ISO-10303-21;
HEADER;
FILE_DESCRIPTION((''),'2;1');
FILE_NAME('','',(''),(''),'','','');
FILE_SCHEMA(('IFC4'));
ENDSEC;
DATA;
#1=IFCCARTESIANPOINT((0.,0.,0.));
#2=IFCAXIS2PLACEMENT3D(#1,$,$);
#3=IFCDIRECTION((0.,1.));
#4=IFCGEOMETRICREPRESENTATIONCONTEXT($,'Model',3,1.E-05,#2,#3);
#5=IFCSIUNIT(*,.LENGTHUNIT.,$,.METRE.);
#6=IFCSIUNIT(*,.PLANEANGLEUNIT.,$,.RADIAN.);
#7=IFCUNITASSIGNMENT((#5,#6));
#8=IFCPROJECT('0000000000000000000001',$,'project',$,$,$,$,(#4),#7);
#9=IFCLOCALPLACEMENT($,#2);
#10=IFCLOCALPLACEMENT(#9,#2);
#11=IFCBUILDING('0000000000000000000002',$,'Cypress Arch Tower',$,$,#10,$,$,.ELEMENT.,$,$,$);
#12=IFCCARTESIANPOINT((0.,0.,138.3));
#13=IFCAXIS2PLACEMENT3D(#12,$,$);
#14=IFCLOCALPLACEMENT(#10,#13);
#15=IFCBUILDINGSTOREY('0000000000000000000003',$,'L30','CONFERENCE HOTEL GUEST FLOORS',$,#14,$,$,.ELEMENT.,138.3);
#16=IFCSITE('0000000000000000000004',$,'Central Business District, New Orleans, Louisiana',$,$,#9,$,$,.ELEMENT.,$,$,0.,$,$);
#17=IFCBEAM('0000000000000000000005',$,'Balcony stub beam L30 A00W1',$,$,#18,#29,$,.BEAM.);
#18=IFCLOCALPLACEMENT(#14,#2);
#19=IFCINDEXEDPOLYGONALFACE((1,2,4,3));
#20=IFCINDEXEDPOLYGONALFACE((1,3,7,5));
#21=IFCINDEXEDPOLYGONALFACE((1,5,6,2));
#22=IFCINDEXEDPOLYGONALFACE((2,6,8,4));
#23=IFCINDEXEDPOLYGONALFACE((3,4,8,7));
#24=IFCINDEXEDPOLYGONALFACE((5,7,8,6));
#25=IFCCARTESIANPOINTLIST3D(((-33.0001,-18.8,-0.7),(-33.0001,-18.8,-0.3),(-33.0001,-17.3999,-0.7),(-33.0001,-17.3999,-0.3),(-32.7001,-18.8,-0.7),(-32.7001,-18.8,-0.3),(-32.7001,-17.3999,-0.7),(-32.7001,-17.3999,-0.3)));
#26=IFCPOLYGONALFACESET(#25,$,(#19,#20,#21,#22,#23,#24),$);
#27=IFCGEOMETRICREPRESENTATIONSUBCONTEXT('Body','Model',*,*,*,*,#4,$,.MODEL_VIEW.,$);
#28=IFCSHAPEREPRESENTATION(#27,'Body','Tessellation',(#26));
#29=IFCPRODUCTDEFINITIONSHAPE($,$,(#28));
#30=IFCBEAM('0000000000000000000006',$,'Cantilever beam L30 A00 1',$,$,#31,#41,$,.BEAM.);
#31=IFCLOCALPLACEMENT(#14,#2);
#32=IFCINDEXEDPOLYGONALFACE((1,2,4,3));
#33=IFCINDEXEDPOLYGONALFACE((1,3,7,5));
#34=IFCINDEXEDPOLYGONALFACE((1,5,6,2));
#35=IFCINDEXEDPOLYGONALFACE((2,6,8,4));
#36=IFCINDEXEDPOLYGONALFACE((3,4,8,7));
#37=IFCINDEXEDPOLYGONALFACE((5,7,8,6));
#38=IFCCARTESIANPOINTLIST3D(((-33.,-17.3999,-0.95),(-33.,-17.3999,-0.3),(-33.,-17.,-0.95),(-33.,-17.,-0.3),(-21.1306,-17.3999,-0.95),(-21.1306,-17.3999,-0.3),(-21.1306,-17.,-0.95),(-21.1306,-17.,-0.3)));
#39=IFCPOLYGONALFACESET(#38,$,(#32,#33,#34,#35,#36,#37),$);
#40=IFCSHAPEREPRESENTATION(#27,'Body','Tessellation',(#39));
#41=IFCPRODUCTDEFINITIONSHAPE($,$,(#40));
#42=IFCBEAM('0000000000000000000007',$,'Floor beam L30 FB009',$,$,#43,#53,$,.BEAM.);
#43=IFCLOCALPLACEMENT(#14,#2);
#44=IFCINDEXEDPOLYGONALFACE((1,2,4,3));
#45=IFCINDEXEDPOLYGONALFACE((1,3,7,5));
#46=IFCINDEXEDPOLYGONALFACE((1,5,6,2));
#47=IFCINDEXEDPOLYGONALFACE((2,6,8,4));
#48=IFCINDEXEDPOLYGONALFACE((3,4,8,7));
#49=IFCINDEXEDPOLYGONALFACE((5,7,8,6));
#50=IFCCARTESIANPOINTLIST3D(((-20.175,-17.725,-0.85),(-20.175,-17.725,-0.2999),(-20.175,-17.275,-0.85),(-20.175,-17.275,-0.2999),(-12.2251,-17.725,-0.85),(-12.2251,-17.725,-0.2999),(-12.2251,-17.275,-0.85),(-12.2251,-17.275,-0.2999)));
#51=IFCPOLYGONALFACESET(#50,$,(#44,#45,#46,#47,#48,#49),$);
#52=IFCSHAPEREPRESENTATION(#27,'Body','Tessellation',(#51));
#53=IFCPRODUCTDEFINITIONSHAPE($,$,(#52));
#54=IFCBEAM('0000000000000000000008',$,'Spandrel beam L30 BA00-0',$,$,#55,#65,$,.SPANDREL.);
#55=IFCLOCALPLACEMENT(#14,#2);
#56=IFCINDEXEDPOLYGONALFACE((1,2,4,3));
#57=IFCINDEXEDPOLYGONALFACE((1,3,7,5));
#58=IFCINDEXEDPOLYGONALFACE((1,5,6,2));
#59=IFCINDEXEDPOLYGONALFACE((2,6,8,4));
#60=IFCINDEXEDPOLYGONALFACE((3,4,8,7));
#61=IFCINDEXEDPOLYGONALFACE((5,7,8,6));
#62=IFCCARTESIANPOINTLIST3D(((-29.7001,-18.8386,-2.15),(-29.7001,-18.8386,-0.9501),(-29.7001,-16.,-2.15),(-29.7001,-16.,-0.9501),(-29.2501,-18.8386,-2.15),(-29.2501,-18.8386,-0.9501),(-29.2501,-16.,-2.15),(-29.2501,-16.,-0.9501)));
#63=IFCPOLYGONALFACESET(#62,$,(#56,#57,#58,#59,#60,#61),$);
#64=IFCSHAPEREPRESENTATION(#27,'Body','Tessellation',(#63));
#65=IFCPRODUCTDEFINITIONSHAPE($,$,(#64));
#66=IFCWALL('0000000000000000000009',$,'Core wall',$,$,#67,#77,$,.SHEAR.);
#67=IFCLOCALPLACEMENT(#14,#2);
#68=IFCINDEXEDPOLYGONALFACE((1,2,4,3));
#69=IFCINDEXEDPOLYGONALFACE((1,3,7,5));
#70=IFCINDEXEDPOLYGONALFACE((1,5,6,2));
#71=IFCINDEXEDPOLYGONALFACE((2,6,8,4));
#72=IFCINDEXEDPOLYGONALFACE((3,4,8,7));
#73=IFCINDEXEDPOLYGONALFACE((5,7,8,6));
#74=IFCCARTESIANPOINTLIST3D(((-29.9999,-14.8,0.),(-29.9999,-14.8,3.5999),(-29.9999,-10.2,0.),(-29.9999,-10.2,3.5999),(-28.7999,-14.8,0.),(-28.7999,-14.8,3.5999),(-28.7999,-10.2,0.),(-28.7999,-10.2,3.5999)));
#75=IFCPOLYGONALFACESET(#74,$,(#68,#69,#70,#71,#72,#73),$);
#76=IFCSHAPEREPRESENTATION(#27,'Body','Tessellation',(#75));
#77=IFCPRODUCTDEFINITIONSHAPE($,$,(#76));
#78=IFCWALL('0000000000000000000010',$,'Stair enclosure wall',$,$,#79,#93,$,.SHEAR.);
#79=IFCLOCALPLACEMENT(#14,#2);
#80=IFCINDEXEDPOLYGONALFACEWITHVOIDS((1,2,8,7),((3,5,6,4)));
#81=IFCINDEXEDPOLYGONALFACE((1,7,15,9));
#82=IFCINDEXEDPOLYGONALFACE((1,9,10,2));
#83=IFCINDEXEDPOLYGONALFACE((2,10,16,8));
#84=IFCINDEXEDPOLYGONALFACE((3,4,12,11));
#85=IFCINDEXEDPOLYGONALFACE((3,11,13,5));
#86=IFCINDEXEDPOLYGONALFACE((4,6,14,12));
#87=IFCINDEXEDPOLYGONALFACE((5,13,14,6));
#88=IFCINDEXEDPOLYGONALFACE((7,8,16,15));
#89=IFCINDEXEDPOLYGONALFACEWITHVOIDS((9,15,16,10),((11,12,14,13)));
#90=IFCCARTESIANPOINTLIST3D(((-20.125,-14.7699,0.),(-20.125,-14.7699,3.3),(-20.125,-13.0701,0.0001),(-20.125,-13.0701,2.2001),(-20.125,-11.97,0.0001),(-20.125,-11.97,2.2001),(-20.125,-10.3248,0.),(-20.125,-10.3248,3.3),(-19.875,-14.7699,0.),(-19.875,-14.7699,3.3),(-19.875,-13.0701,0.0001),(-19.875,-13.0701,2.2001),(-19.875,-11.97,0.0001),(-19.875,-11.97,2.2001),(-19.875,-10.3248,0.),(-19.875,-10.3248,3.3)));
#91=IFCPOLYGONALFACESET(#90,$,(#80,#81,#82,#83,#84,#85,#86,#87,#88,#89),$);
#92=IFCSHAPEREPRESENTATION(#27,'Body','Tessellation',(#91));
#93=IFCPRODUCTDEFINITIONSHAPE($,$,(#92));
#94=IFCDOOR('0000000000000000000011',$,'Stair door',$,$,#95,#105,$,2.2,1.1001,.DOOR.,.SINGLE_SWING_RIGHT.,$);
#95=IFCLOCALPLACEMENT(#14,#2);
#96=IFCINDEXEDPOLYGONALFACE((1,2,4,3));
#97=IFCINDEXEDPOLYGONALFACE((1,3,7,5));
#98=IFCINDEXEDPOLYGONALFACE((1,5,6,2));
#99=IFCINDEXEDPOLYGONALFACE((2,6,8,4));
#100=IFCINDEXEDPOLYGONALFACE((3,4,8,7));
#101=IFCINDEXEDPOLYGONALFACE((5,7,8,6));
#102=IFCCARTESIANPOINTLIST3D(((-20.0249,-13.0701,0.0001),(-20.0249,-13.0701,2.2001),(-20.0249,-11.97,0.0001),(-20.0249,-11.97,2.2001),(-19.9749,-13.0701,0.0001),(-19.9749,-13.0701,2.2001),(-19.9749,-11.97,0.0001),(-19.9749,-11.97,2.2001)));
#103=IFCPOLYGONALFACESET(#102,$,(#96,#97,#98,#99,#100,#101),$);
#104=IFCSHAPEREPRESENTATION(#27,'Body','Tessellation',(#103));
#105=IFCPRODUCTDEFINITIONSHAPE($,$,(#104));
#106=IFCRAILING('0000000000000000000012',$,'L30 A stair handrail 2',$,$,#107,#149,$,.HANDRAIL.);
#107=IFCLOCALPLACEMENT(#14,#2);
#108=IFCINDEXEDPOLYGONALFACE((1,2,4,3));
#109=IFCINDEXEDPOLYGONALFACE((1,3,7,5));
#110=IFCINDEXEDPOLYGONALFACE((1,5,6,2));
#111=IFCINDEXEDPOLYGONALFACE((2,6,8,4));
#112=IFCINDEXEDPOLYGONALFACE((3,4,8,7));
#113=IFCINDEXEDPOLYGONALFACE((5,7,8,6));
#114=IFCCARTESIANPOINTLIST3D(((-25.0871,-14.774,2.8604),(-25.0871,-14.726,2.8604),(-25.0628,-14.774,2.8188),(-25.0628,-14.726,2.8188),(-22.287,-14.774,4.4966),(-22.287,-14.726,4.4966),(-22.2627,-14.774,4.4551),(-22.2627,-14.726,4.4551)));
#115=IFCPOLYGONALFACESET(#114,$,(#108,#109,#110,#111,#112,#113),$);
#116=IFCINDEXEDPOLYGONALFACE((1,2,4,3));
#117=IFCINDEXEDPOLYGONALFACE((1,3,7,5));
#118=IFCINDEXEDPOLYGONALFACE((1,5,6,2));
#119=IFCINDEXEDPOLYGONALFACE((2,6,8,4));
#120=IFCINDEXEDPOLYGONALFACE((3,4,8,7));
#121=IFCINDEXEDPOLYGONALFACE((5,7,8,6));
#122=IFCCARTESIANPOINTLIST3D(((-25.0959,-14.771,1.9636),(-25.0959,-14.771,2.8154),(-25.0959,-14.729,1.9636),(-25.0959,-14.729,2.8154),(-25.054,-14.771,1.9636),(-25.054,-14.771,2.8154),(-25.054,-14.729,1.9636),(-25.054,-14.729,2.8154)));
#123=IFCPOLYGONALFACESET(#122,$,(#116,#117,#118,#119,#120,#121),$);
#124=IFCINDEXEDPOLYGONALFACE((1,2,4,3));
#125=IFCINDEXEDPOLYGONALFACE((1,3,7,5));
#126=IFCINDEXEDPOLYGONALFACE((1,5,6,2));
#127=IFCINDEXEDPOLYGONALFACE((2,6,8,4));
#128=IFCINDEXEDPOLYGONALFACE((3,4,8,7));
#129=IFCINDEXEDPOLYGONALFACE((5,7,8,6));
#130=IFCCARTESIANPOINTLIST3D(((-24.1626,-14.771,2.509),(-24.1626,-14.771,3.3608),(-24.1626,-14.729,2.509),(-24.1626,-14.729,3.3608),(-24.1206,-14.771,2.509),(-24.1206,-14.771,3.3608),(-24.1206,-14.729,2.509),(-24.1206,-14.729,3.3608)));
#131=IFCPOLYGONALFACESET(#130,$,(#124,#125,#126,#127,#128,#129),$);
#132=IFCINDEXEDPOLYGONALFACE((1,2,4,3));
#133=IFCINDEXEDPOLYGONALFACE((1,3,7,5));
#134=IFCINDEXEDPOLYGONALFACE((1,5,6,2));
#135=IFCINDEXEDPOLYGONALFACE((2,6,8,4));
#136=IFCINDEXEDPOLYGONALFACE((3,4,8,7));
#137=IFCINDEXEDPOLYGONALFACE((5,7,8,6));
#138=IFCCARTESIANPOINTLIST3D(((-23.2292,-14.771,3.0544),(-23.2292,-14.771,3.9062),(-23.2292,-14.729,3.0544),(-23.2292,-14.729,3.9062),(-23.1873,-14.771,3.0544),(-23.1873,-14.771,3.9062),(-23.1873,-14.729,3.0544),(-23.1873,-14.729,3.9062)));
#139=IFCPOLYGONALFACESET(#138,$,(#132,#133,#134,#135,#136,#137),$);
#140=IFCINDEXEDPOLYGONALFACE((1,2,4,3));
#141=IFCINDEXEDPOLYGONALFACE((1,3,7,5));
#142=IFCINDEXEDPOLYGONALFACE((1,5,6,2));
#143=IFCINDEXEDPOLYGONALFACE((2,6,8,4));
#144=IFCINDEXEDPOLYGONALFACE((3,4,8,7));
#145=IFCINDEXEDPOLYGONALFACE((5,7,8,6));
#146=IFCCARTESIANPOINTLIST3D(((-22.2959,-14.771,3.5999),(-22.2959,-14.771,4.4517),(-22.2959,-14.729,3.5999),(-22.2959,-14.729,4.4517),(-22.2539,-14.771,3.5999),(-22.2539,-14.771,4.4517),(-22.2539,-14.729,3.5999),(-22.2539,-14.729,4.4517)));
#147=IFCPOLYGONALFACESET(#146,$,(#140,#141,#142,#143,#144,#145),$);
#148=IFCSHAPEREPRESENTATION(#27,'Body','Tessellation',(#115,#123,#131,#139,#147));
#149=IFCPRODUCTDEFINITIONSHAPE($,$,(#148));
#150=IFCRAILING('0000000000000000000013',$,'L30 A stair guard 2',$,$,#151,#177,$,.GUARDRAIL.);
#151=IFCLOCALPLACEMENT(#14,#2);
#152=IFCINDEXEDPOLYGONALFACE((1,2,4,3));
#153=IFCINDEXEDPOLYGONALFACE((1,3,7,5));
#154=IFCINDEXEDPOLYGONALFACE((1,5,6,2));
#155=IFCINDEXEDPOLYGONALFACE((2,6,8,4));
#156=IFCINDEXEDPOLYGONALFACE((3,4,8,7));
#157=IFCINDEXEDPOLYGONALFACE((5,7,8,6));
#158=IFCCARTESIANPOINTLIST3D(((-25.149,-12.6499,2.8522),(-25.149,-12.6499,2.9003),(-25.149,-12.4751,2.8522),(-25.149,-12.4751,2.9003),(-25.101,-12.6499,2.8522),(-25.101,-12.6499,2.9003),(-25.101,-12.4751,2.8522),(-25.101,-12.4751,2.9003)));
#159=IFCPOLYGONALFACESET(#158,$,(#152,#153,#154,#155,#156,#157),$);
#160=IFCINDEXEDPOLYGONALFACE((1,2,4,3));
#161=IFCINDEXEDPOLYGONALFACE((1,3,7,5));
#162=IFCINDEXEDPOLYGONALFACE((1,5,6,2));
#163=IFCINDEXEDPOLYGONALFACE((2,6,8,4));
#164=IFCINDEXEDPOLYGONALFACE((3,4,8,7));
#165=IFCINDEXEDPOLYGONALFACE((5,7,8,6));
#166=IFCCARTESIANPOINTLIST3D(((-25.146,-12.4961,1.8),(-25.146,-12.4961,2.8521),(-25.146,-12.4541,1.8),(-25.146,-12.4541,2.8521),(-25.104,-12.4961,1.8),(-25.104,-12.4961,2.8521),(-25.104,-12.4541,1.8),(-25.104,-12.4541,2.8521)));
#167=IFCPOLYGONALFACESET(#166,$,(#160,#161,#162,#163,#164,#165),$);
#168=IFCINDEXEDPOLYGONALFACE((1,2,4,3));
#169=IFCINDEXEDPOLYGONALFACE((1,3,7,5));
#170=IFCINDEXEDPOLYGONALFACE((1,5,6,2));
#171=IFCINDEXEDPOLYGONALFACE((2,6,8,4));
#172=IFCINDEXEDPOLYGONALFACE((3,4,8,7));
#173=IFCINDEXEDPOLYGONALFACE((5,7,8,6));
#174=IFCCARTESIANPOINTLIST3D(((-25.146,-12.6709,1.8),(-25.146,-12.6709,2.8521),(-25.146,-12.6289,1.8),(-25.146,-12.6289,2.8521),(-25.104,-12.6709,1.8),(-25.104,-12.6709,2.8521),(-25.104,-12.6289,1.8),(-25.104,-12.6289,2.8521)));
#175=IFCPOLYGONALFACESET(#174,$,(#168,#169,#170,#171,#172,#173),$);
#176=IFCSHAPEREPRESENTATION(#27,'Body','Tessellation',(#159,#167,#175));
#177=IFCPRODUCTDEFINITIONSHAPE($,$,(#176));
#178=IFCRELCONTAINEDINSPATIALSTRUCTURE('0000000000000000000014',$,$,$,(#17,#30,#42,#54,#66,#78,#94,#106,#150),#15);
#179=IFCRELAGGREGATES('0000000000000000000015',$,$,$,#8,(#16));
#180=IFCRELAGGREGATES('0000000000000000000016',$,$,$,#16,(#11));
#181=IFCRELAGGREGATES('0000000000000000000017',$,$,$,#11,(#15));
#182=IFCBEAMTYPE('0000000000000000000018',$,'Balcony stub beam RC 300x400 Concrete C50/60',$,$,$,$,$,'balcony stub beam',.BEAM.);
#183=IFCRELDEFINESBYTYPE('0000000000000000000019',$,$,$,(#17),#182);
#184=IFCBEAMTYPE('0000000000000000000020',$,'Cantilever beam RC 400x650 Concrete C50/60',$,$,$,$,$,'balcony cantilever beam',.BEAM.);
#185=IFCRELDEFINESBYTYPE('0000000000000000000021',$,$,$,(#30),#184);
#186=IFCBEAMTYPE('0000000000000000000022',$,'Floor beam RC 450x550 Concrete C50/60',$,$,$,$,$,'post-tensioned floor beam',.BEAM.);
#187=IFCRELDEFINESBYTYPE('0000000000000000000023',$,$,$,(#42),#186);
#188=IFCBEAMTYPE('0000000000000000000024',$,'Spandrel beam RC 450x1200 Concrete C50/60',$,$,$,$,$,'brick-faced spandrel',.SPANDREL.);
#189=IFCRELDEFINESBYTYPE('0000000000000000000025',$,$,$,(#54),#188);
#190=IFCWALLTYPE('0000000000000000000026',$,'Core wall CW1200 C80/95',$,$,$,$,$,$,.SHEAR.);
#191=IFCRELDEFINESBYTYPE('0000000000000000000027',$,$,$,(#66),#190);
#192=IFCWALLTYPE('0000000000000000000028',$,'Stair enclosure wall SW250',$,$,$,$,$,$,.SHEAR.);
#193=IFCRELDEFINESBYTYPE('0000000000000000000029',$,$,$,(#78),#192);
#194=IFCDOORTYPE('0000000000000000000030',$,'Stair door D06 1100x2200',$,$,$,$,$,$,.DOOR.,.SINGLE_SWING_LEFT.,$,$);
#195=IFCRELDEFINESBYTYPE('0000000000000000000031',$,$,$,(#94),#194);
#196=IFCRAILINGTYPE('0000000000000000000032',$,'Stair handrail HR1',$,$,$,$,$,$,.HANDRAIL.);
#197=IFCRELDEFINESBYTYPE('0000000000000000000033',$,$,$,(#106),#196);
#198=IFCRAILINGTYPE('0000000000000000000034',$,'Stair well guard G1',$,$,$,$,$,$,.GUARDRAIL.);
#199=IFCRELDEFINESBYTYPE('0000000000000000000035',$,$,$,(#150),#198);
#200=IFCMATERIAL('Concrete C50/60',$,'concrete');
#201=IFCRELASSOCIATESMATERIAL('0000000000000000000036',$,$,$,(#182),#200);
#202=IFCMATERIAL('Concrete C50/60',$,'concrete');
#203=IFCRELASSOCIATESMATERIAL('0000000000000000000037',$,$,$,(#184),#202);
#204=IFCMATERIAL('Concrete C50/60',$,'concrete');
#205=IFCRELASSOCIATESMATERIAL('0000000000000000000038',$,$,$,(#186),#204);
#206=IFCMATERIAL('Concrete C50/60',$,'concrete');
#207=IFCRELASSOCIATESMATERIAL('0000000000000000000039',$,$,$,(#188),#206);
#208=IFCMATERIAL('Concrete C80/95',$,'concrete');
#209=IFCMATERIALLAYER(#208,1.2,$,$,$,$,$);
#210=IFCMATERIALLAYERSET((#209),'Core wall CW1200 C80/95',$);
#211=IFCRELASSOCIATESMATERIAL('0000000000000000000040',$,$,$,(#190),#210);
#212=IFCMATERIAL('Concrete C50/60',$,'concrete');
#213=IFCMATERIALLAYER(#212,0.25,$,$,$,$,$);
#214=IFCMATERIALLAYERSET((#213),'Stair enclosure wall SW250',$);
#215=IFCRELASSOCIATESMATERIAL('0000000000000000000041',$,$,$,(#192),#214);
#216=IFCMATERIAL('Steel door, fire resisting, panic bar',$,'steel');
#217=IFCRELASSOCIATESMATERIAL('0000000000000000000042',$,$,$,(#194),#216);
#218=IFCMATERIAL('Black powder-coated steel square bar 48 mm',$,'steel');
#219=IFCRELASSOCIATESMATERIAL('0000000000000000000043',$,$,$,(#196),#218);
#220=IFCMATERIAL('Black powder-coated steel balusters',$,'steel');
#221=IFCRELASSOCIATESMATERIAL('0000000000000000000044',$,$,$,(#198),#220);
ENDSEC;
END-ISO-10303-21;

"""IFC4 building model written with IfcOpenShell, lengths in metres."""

from ifc_helpers import new_model, si_unit, direction, frame, frame_2d, origin, origin_2d, place, context, subcontext, project, spatial, rectangle, extrude, material, layer, layer_set, material_profile, profile_set, type_object, element, fill, save


model = new_model("IFC4")

# Units and contexts
model_context = context("Model", 3, precision=1e-05, world=origin(), true_north=direction((0.0, 1.0)))
body_context = subcontext(model_context, "Body", "Model", "MODEL_VIEW")
ifc_project = project(units=[si_unit("LENGTHUNIT", "METRE"), si_unit("PLANEANGLEUNIT", "RADIAN")], contexts=[model_context])

# Site, building, storey
site_placement = place(None, origin())
site = spatial("IfcSite", under=ifc_project, at=site_placement, Name="Central Business District, New Orleans, Louisiana", CompositionType="ELEMENT", RefElevation=0.0)
building_placement = place(site_placement, origin())
building = spatial("IfcBuilding", under=site, at=building_placement, Name="Cypress Arch Tower", CompositionType="ELEMENT")
storey_placement = place(building_placement, frame((0.0, 0.0, 138.3)))
storey = spatial("IfcBuildingStorey", under=building, at=storey_placement, Name="L30", Description="CONFERENCE HOTEL GUEST FLOORS", CompositionType="ELEMENT", Elevation=138.3)

# Beams
ifc_material_1 = material(Name="Concrete C50/60", Category="concrete")
ifc_material_profile_1 = material_profile(ifc_material_1, rectangle(XDim=0.3, YDim=0.3999, at=origin_2d()), Name="RC 300x400")
ifc_profile_set_1 = profile_set([ifc_material_profile_1], Name="Concrete C50/60")
beam_type_1 = type_object("IfcBeamType", Name="Balcony stub beam RC 300x400 Concrete C50/60", ElementType="balcony stub beam", PredefinedType="BEAM", material=ifc_profile_set_1)
beam_1_placement = place(storey_placement, frame((-32.8501, -17.3999, -0.5), z_axis=(0.0, -1.0, 0.0), x_axis=(1.0, 0.0, 0.0)))
element("IfcBeam", 1, at=beam_1_placement, inside=storey, type_object=beam_type_1, Name="Balcony stub beam L30 A00W1", PredefinedType="BEAM", context=body_context, shape_type="SweptSolid", body=[
    extrude(rectangle(XDim=0.3, YDim=0.3999, at=origin_2d()), origin(), (0.0, 0.0, 1.0), 1.4001),
])
ifc_material_2 = material(Name="Concrete C50/60", Category="concrete")
ifc_material_profile_2 = material_profile(ifc_material_2, rectangle(XDim=0.3999, YDim=0.6499, at=origin_2d()), Name="RC 400x650")
ifc_profile_set_2 = profile_set([ifc_material_profile_2], Name="Concrete C50/60")
beam_type_2 = type_object("IfcBeamType", Name="Cantilever beam RC 400x650 Concrete C50/60", ElementType="balcony cantilever beam", PredefinedType="BEAM", material=ifc_profile_set_2)
beam_2_placement = place(storey_placement, frame((-21.1306, -17.2, -0.625), z_axis=(-1.0, 0.0, 0.0), x_axis=(0.0, -1.0, 0.0)))
element("IfcBeam", 2, at=beam_2_placement, inside=storey, type_object=beam_type_2, Name="Cantilever beam L30 A00 1", PredefinedType="BEAM", context=body_context, shape_type="SweptSolid", body=[
    extrude(rectangle(XDim=0.3999, YDim=0.6499, at=origin_2d()), origin(), (0.0, 0.0, 1.0), 11.8694),
])
ifc_material_3 = material(Name="Concrete C50/60", Category="concrete")
ifc_material_profile_3 = material_profile(ifc_material_3, rectangle(XDim=0.45, YDim=0.55, at=origin_2d()), Name="RC 450x550")
ifc_profile_set_3 = profile_set([ifc_material_profile_3], Name="Concrete C50/60")
beam_type_3 = type_object("IfcBeamType", Name="Floor beam RC 450x550 Concrete C50/60", ElementType="post-tensioned floor beam", PredefinedType="BEAM", material=ifc_profile_set_3)
beam_3_placement = place(storey_placement, frame((-20.175, -17.5, -0.575), z_axis=(1.0, 0.0, 0.0), x_axis=(0.0, 1.0, 0.0)))
element("IfcBeam", 3, at=beam_3_placement, inside=storey, type_object=beam_type_3, Name="Floor beam L30 FB009", PredefinedType="BEAM", context=body_context, shape_type="SweptSolid", body=[
    extrude(rectangle(XDim=0.45, YDim=0.55, at=origin_2d()), origin(), (0.0, 0.0, 1.0), 7.95),
])
ifc_material_4 = material(Name="Concrete C50/60", Category="concrete")
ifc_material_profile_4 = material_profile(ifc_material_4, rectangle(XDim=0.45, YDim=1.2, at=origin_2d()), Name="RC 450x1200")
ifc_profile_set_4 = profile_set([ifc_material_profile_4], Name="Concrete C50/60")
beam_type_4 = type_object("IfcBeamType", Name="Spandrel beam RC 450x1200 Concrete C50/60", ElementType="brick-faced spandrel", PredefinedType="SPANDREL", material=ifc_profile_set_4)
beam_4_placement = place(storey_placement, frame((-29.4751, -16.0, -1.55), z_axis=(0.0, -1.0, 0.0), x_axis=(1.0, 0.0, 0.0)))
element("IfcBeam", 4, at=beam_4_placement, inside=storey, type_object=beam_type_4, Name="Spandrel beam L30 BA00-0", PredefinedType="SPANDREL", context=body_context, shape_type="SweptSolid", body=[
    extrude(rectangle(XDim=0.45, YDim=1.2, at=origin_2d()), origin(), (0.0, 0.0, 1.0), 2.8386),
])

# Shared definitions
ifc_material_5 = material(Name="Concrete C80/95", Category="concrete")
ifc_layer_1 = layer(ifc_material_5, 1.2)
ifc_layer_set_1 = layer_set([ifc_layer_1], Name="Core wall CW1200 C80/95")
wall_type_1 = type_object("IfcWallType", Name="Core wall CW1200 C80/95", PredefinedType="SHEAR", material=ifc_layer_set_1)

# Wall
wall_1_placement = place(storey_placement, frame((-29.3999, -14.8, 0.0), z_axis=(0.0, 0.0, 1.0), x_axis=(0.0, 1.0, 0.0)))
element("IfcWall", 5, at=wall_1_placement, inside=storey, type_object=wall_type_1, Name="Core wall", PredefinedType="SHEAR", context=body_context, shape_type="SweptSolid", body=[
    extrude(rectangle(XDim=4.6001, YDim=1.2, at=frame_2d((2.3, 0.0))), origin(), (0.0, 0.0, 1.0), 3.5999),
])

# Wall, opening, door
ifc_material_6 = material(Name="Concrete C50/60", Category="concrete")
ifc_layer_2 = layer(ifc_material_6, 0.25)
ifc_layer_set_2 = layer_set([ifc_layer_2], Name="Stair enclosure wall SW250")
wall_type_2 = type_object("IfcWallType", Name="Stair enclosure wall SW250", PredefinedType="SHEAR", material=ifc_layer_set_2)
wall_2_placement = place(storey_placement, frame((-20.0, -14.77, 0.0), z_axis=(0.0, 0.0, 1.0), x_axis=(0.0, 1.0, 0.0)))
wall_2 = element("IfcWall", 6, at=wall_2_placement, inside=storey, type_object=wall_type_2, Name="Stair enclosure wall", PredefinedType="SHEAR", context=body_context, shape_type="SweptSolid", body=[
    extrude(rectangle(XDim=4.4451, YDim=0.25, at=frame_2d((2.2227, 0.0))), origin(), (0.0, 0.0, 1.0), 3.3),
])
opening_1_placement = place(wall_2_placement, frame((1.7, 0.0, 0.0)))
opening_1 = element("IfcOpeningElement", 7, at=opening_1_placement, cuts=wall_2, PredefinedType="OPENING", context=body_context, shape_type="SweptSolid", body=[
    extrude(rectangle(XDim=1.1001, YDim=2.2, at=frame_2d((0.55, 1.1001))), frame((0.0, 0.135, 0.0), z_axis=(0.0, -1.0, 0.0), x_axis=(1.0, 0.0, 0.0)), (0.0, 0.0, 1.0), 0.27),
])
ifc_material_7 = material(Name="Steel door, fire resisting, panic bar", Category="steel")
door_type_1 = type_object("IfcDoorType", Name="Stair door D06 1100x2200", OperationType="SINGLE_SWING_LEFT", PredefinedType="DOOR", material=ifc_material_7)
door_1_placement = place(opening_1_placement, origin())
door_1 = element("IfcDoor", 8, at=door_1_placement, inside=storey, type_object=door_type_1, Name="Stair door", OperationType="SINGLE_SWING_RIGHT", OverallHeight=2.2, OverallWidth=1.1001, PredefinedType="DOOR", context=body_context, shape_type="SweptSolid", body=[
    extrude(rectangle(XDim=1.1001, YDim=2.2, at=frame_2d((0.55, 1.1001))), frame((0.0, 0.0249, 0.0), z_axis=(0.0, -1.0, 0.0), x_axis=(1.0, 0.0, 0.0)), (0.0, 0.0, 1.0), 0.05),
])
fill(opening_1, door_1)

# Railings
ifc_material_8 = material(Name="Black powder-coated steel square bar 48 mm", Category="steel")
railing_type_1 = type_object("IfcRailingType", Name="Stair handrail HR1", PredefinedType="HANDRAIL", material=ifc_material_8)
railing_1_placement = place(storey_placement, frame((-25.075, -14.75, 1.9636)))
element("IfcRailing", 9, at=railing_1_placement, inside=storey, type_object=railing_type_1, Name="L30 A stair handrail 2", PredefinedType="HANDRAIL", context=body_context, shape_type="SweptSolid", body=[
    extrude(rectangle(XDim=0.0481, YDim=0.0481, at=origin_2d()), frame((0.0, 0.0, 0.876), z_axis=(0.863394, 0.0, 0.504531), x_axis=(0.0, 1.0, 0.0)), (0.0, 0.0, 1.0), 3.2432),
    extrude(rectangle(XDim=0.042, YDim=0.042, at=origin_2d()), origin(), (0.0, 0.0, 1.0), 0.8518),
    extrude(rectangle(XDim=0.042, YDim=0.042, at=origin_2d()), frame((0.9333, 0.0, 0.5454)), (0.0, 0.0, 1.0), 0.8518),
    extrude(rectangle(XDim=0.042, YDim=0.042, at=origin_2d()), frame((1.8667, 0.0, 1.0908)), (0.0, 0.0, 1.0), 0.8518),
    extrude(rectangle(XDim=0.042, YDim=0.042, at=origin_2d()), frame((2.8, 0.0, 1.6362)), (0.0, 0.0, 1.0), 0.8518),
])
ifc_material_9 = material(Name="Black powder-coated steel balusters", Category="steel")
railing_type_2 = type_object("IfcRailingType", Name="Stair well guard G1", PredefinedType="GUARDRAIL", material=ifc_material_9)
railing_2_placement = place(storey_placement, frame((-25.125, -12.4751, 1.8)))
element("IfcRailing", 10, at=railing_2_placement, inside=storey, type_object=railing_type_2, Name="L30 A stair guard 2", PredefinedType="GUARDRAIL", context=body_context, shape_type="SweptSolid", body=[
    extrude(rectangle(XDim=0.0481, YDim=0.0481, at=origin_2d()), frame((0.0, 0.0, 1.0762), z_axis=(0.0, -1.0, 0.0), x_axis=(1.0, 0.0, 0.0)), (0.0, 0.0, 1.0), 0.1748),
    extrude(rectangle(XDim=0.042, YDim=0.042, at=origin_2d()), origin(), (0.0, 0.0, 1.0), 1.052),
    extrude(rectangle(XDim=0.042, YDim=0.042, at=origin_2d()), frame((0.0, -0.1748, 0.0)), (0.0, 0.0, 1.0), 1.052),
])

save(model, "model.ifc")
